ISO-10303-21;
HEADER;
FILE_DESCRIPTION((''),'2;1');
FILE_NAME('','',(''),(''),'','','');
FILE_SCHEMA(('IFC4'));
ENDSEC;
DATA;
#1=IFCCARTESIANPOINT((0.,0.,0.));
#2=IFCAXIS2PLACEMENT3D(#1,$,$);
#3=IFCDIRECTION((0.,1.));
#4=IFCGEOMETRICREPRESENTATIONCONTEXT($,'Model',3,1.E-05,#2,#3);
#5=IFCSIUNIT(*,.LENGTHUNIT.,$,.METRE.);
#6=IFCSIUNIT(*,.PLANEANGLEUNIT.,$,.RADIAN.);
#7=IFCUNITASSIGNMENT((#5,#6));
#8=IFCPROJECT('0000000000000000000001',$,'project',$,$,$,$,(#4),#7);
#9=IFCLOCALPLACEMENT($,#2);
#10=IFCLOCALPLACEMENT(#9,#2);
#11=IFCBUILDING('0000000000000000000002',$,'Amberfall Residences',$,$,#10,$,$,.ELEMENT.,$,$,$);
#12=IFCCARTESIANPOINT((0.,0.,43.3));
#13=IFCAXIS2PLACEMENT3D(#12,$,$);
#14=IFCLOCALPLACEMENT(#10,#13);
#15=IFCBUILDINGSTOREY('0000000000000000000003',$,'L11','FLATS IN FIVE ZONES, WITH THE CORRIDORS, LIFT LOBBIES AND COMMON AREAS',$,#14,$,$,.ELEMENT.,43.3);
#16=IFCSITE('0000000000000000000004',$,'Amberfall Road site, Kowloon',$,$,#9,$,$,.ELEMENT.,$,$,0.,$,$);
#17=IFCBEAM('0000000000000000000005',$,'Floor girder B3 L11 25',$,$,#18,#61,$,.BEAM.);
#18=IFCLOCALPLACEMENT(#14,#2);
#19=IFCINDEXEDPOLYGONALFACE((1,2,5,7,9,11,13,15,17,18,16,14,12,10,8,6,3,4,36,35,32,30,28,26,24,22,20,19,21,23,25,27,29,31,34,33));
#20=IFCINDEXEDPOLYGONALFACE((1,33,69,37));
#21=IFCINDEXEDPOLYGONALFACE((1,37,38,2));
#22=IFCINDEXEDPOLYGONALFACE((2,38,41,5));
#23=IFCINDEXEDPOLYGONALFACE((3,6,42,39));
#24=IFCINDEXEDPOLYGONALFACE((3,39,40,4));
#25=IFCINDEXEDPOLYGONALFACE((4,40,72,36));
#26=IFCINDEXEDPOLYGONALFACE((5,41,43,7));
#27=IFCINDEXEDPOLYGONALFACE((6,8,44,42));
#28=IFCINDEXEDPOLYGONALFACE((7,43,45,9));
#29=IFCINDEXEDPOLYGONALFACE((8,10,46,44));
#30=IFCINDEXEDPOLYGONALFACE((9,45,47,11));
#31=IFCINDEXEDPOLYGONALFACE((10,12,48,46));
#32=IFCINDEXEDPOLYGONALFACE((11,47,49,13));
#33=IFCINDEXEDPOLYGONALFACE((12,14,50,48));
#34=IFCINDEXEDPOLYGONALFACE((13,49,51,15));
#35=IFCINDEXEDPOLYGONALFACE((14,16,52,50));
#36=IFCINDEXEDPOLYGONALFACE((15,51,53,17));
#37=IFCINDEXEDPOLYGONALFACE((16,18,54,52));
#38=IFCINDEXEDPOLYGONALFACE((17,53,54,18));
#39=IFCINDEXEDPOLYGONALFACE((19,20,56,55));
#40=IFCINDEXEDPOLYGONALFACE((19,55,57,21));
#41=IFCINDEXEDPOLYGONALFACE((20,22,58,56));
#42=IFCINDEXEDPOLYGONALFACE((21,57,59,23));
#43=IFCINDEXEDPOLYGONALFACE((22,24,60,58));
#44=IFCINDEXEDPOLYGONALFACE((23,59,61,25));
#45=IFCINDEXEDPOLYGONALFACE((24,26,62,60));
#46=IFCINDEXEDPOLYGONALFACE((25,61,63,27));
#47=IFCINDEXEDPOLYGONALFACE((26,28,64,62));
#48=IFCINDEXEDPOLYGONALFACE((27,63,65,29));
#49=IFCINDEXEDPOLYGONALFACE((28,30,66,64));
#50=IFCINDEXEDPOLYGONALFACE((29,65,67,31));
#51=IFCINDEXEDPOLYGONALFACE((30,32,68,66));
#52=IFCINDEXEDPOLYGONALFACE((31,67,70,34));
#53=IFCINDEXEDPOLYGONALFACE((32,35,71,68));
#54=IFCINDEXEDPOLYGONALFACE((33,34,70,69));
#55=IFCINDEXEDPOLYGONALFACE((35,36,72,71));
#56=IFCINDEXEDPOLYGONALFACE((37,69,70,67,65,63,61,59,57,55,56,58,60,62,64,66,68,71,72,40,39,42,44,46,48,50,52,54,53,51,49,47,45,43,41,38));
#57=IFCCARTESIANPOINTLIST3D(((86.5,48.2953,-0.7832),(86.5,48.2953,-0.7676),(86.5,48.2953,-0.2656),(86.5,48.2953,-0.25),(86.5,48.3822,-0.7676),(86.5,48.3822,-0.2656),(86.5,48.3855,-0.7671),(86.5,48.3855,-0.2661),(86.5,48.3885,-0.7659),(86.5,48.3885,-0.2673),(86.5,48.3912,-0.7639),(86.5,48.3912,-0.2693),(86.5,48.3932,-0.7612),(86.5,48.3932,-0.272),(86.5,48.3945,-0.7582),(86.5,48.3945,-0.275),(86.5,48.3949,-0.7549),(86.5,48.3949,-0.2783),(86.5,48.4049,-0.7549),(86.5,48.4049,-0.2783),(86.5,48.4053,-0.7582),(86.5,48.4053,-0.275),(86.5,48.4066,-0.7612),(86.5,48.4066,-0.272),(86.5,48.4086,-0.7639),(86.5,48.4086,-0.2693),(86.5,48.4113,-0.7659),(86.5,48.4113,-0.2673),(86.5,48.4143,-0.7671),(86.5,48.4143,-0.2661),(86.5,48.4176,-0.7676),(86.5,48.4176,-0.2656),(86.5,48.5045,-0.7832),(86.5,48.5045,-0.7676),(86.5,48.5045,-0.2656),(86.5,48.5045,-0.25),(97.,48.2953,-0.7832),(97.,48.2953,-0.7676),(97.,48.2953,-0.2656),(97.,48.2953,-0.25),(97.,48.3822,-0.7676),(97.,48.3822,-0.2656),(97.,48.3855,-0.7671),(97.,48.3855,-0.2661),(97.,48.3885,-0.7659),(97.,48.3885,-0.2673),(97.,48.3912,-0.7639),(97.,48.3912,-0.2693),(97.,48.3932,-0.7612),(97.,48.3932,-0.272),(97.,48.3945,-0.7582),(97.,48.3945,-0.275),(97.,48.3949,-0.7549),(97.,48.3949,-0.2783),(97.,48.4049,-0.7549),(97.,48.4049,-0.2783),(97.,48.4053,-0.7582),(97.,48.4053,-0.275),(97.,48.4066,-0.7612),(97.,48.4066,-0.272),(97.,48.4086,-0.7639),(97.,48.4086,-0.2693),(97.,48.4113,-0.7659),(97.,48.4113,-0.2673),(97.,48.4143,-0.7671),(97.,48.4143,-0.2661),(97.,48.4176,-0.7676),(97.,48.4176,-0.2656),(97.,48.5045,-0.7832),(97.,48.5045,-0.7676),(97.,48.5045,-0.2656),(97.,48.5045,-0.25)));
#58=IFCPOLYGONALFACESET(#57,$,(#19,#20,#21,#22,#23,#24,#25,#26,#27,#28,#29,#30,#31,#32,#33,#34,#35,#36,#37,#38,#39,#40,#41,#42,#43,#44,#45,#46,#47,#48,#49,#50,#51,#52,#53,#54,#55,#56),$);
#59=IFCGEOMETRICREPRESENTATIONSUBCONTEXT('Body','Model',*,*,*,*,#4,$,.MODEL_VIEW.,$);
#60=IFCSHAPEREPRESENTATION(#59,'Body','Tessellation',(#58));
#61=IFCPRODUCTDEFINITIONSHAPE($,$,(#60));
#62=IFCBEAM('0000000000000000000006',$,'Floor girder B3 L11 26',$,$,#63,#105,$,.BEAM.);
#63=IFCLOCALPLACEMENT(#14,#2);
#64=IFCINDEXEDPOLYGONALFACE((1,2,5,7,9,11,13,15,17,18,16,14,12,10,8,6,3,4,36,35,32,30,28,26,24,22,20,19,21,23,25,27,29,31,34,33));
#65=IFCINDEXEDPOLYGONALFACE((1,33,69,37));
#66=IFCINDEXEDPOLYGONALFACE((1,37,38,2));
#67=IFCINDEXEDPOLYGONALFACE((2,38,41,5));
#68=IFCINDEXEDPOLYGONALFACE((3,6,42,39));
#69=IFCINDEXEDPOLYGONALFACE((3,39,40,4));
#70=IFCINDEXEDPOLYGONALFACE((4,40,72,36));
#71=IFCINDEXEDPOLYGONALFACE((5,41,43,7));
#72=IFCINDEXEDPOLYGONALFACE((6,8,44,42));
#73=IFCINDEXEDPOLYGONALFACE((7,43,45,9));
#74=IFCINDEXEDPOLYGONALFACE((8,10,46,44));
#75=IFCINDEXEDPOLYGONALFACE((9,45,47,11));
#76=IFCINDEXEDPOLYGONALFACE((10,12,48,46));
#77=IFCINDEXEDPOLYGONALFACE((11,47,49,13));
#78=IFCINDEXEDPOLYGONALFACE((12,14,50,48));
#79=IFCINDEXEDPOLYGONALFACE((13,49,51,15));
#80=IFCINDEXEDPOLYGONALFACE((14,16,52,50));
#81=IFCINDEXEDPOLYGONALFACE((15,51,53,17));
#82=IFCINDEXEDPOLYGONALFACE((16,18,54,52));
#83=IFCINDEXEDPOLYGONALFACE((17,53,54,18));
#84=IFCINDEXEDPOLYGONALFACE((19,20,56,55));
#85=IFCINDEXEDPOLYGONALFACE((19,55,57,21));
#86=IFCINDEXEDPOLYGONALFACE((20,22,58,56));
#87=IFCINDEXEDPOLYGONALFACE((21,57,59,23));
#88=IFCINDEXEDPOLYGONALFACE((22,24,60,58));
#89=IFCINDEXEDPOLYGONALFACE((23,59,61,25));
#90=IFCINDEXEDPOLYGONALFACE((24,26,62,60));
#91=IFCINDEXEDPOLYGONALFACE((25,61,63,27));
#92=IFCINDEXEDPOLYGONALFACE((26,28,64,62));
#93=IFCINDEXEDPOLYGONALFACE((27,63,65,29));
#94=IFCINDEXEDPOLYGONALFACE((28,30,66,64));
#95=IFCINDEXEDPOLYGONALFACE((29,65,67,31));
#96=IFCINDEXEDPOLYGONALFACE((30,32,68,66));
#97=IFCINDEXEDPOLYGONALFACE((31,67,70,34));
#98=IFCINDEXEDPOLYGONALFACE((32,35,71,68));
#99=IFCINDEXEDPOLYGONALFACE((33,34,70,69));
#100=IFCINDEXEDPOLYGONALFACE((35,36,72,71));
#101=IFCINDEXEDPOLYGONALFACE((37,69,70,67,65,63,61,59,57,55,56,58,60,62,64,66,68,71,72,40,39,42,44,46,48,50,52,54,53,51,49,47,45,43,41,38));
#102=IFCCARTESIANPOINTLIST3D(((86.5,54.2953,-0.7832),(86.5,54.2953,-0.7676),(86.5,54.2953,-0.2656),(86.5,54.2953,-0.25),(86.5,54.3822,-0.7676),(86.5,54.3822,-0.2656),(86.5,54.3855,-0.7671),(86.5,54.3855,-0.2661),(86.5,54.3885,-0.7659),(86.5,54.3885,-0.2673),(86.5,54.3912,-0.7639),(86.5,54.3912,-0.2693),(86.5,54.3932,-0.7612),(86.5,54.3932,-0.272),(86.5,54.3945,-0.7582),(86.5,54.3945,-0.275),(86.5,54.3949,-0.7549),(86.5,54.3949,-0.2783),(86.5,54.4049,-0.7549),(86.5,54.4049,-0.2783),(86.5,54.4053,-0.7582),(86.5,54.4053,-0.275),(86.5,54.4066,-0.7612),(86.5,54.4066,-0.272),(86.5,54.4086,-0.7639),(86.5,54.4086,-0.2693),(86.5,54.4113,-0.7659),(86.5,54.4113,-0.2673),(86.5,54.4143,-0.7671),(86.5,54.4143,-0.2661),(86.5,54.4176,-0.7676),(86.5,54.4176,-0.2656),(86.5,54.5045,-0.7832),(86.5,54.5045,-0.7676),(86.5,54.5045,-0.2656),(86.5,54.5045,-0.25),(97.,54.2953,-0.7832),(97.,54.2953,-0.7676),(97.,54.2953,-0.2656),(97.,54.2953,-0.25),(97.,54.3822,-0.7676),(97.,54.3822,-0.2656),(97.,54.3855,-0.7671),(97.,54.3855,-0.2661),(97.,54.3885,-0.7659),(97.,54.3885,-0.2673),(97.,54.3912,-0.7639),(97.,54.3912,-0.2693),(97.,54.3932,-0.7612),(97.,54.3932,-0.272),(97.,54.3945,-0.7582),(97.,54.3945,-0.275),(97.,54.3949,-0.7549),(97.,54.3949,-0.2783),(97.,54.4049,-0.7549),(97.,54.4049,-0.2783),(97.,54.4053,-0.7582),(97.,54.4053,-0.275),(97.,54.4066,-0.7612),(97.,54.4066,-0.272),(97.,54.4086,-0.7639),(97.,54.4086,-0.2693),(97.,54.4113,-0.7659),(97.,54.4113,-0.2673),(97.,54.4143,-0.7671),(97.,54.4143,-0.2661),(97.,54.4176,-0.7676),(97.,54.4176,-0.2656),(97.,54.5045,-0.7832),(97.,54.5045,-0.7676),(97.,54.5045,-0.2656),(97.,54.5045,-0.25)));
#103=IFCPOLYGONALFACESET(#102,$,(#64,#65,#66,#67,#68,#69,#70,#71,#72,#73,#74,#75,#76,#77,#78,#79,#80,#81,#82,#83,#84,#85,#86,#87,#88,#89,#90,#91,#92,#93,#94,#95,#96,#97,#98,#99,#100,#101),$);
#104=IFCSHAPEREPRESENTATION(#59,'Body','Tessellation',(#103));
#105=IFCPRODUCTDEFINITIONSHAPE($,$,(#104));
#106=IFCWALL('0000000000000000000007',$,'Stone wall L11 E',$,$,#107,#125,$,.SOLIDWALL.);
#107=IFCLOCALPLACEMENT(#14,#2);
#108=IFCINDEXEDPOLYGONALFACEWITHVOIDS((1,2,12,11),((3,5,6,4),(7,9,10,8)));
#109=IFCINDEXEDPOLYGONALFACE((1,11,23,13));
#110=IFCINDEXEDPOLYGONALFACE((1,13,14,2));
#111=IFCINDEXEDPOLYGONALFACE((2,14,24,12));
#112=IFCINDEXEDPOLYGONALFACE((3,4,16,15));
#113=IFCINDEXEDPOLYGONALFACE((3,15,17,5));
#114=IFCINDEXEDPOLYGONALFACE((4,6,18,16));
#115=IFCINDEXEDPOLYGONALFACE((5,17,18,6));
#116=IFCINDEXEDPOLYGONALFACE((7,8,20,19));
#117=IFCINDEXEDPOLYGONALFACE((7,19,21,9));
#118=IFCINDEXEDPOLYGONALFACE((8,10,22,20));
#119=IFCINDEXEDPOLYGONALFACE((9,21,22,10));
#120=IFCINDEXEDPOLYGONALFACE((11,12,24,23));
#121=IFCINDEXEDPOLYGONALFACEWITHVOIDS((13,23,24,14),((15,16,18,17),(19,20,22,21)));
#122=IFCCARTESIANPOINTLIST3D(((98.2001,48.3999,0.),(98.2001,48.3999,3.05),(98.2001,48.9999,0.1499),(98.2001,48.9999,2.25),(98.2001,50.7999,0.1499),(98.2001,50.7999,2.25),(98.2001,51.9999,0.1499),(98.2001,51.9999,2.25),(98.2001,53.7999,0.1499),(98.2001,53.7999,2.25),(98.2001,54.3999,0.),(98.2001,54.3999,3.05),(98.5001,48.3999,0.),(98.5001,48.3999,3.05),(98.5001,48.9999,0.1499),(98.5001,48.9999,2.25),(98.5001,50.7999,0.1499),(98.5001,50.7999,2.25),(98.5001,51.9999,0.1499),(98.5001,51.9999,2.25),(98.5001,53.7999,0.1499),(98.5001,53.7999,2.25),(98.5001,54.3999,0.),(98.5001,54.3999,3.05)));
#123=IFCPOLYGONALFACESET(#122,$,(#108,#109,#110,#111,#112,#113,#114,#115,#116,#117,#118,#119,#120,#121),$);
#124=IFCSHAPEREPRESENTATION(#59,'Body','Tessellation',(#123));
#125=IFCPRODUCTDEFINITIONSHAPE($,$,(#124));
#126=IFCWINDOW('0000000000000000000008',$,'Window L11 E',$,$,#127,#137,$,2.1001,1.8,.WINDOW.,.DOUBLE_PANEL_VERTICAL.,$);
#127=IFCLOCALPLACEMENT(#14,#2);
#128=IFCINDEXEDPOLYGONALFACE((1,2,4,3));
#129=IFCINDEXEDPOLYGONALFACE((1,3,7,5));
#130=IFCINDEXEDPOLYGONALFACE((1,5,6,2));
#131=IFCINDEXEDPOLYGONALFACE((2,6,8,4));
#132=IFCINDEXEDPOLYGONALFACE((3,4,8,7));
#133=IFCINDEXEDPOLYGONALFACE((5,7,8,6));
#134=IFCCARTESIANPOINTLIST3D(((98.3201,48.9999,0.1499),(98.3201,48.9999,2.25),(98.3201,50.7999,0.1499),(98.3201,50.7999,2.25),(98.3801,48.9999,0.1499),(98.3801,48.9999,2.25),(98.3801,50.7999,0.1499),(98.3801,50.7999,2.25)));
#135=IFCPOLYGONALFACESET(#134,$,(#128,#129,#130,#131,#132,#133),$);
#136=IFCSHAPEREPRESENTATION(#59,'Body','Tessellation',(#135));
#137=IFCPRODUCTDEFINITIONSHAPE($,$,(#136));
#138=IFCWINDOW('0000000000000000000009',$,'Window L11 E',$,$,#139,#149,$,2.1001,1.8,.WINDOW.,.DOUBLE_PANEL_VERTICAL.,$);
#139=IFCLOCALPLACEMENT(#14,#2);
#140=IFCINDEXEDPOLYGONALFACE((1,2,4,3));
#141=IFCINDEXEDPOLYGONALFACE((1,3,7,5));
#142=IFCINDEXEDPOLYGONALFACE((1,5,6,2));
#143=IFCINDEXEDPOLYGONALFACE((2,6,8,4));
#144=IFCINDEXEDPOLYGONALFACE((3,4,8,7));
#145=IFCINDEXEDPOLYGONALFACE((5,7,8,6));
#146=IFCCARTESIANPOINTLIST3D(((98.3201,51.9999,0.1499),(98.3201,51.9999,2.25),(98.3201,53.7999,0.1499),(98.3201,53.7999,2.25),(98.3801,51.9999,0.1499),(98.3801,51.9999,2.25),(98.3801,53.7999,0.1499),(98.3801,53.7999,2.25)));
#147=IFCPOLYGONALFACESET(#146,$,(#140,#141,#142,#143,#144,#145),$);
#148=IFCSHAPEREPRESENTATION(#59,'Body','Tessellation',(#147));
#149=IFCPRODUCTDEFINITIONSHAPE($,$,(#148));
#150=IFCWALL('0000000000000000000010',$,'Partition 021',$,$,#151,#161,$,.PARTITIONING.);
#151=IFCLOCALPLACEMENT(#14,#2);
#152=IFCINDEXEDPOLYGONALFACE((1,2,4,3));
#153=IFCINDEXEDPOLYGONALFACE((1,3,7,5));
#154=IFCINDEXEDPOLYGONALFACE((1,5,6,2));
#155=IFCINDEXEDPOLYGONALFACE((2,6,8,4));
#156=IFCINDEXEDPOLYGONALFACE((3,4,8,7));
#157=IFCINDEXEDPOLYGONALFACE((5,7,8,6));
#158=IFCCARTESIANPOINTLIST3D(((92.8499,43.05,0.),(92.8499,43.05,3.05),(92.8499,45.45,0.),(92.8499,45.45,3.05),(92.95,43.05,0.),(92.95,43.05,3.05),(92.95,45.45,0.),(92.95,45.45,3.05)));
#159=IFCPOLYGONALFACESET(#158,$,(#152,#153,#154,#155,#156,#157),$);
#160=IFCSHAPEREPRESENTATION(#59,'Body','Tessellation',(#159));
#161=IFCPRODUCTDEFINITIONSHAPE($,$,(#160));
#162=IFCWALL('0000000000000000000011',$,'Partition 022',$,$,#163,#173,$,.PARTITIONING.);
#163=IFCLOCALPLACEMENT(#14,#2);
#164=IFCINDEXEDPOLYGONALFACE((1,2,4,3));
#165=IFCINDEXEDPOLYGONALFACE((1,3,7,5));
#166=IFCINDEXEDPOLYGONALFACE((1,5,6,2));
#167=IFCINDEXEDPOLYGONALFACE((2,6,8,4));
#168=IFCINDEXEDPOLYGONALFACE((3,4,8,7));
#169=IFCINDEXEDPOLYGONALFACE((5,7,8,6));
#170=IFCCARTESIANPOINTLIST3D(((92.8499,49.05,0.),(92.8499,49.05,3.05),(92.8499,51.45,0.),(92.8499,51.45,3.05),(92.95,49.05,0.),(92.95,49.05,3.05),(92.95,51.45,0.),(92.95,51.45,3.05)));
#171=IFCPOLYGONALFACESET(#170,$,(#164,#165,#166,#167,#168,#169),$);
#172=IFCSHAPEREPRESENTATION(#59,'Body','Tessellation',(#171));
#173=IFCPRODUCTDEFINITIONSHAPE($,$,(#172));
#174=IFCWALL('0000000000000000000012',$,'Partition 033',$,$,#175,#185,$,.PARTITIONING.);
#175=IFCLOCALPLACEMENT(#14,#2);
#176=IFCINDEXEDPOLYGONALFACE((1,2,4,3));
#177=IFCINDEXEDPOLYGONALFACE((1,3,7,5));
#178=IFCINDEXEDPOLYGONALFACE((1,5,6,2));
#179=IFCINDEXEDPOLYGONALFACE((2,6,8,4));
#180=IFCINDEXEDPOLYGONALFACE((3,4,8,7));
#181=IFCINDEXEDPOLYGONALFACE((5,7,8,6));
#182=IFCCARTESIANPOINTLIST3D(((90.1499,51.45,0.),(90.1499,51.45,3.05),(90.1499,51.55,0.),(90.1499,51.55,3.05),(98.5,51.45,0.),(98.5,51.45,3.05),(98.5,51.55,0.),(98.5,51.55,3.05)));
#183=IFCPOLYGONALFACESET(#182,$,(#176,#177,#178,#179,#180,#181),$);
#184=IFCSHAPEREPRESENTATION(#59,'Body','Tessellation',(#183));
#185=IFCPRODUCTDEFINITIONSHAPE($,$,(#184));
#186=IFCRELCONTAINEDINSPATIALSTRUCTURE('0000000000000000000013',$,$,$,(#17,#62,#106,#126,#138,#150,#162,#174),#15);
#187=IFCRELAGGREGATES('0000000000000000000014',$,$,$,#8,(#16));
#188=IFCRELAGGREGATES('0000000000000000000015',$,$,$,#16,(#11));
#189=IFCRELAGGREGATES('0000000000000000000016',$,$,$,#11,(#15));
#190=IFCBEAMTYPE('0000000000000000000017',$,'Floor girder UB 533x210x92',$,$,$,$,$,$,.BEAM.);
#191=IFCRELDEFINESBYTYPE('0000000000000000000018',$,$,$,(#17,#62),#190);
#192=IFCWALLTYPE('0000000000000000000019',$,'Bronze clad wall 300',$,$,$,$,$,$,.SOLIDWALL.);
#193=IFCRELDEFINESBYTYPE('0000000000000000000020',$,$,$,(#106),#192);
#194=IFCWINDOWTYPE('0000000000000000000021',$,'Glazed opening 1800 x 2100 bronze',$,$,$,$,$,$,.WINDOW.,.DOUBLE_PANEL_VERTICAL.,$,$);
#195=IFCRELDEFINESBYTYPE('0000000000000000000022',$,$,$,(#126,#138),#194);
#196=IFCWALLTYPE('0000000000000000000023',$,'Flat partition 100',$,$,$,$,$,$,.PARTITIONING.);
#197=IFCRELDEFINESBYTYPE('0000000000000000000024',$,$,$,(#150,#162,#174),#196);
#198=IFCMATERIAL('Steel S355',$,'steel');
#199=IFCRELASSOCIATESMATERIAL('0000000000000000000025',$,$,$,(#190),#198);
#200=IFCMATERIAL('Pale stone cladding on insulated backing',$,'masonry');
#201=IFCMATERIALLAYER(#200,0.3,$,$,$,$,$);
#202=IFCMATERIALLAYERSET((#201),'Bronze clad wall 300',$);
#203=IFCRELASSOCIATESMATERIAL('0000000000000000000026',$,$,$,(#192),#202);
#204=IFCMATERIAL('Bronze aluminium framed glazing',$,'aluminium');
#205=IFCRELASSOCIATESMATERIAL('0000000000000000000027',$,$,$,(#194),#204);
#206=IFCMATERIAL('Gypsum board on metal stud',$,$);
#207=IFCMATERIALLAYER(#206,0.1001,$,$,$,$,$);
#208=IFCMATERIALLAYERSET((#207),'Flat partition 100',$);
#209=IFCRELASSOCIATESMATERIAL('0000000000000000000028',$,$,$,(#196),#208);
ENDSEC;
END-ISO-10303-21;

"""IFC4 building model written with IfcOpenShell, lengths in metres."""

from ifc_helpers import new_model, si_unit, direction, frame, frame_2d, origin, origin_2d, place, context, subcontext, project, spatial, rectangle, i_section, extrude, material, layer, layer_set, material_profile, profile_set, type_object, element, fill, save


model = new_model("IFC4")

# Units and contexts
model_context = context("Model", 3, precision=1e-05, world=origin(), true_north=direction((0.0, 1.0)))
body_context = subcontext(model_context, "Body", "Model", "MODEL_VIEW")
ifc_project = project(units=[si_unit("LENGTHUNIT", "METRE"), si_unit("PLANEANGLEUNIT", "RADIAN")], contexts=[model_context])

# Site, building, storey
site_placement = place(None, origin())
site = spatial("IfcSite", under=ifc_project, at=site_placement, Name="Amberfall Road site, Kowloon", CompositionType="ELEMENT", RefElevation=0.0)
building_placement = place(site_placement, origin())
building = spatial("IfcBuilding", under=site, at=building_placement, Name="Amberfall Residences", CompositionType="ELEMENT")
storey_placement = place(building_placement, frame((0.0, 0.0, 43.3)))
storey = spatial("IfcBuildingStorey", under=building, at=storey_placement, Name="L11", Description="FLATS IN FIVE ZONES, WITH THE CORRIDORS, LIFT LOBBIES AND COMMON AREAS", CompositionType="ELEMENT", Elevation=43.3)

# Beams
ifc_material_1 = material(Name="Steel S355", Category="steel")
ifc_material_profile_1 = material_profile(ifc_material_1, i_section(OverallWidth=0.2092, OverallDepth=0.5332, WebThickness=0.01, FlangeThickness=0.0156, FilletRadius=0.0127, at=origin_2d()), Name="UB 533x210x92")
ifc_profile_set_1 = profile_set([ifc_material_profile_1], Name="Steel S355")
beam_type_1 = type_object("IfcBeamType", Name="Floor girder UB 533x210x92", PredefinedType="BEAM", material=ifc_profile_set_1)
for number, where, z_axis, x_axis, name in (
    (1, (97.0, 48.3999, -0.5166), (-1.0, 0.0, 0.0), (0.0, -1.0, 0.0), "Floor girder B3 L11 25"),
    (2, (97.0, 54.3999, -0.5166), (-1.0, 0.0, 0.0), (0.0, -1.0, 0.0), "Floor girder B3 L11 26"),
):
    element("IfcBeam", number, at=place(storey_placement, frame(where, z_axis=z_axis, x_axis=x_axis)), inside=storey, type_object=beam_type_1, Name=name, PredefinedType="BEAM", context=body_context, shape_type="SweptSolid", body=[
        extrude(i_section(OverallWidth=0.2092, OverallDepth=0.5332, WebThickness=0.01, FlangeThickness=0.0156, FilletRadius=0.0127, at=origin_2d()), origin(), (0.0, 0.0, 1.0), 10.5),
    ])

# Wall, openings, windows
ifc_material_2 = material(Name="Pale stone cladding on insulated backing", Category="masonry")
ifc_layer_1 = layer(ifc_material_2, 0.3)
ifc_layer_set_1 = layer_set([ifc_layer_1], Name="Bronze clad wall 300")
wall_type_1 = type_object("IfcWallType", Name="Bronze clad wall 300", PredefinedType="SOLIDWALL", material=ifc_layer_set_1)
wall_1_placement = place(storey_placement, frame((98.3501, 48.3999, 0.0), z_axis=(0.0, 0.0, 1.0), x_axis=(0.0, 1.0, 0.0)))
wall_1 = element("IfcWall", 3, at=wall_1_placement, inside=storey, type_object=wall_type_1, Name="Stone wall L11 E", PredefinedType="SOLIDWALL", context=body_context, shape_type="SweptSolid", body=[
    extrude(rectangle(XDim=6.0, YDim=0.3, at=frame_2d((3.0, 0.0))), origin(), (0.0, 0.0, 1.0), 3.05),
])
opening_1_placement = place(wall_1_placement, frame((0.6001, 0.0, 0.1499)))
opening_1 = element("IfcOpeningElement", 4, at=opening_1_placement, cuts=wall_1, PredefinedType="OPENING", context=body_context, shape_type="SweptSolid", body=[
    extrude(rectangle(XDim=1.8, YDim=2.1001, at=frame_2d((0.8999, 1.05))), frame((0.0, 0.1599, 0.0), z_axis=(0.0, -1.0, 0.0), x_axis=(1.0, 0.0, 0.0)), (0.0, 0.0, 1.0), 0.3201),
])
opening_2_placement = place(wall_1_placement, frame((3.6001, 0.0, 0.1499)))
opening_2 = element("IfcOpeningElement", 5, at=opening_2_placement, cuts=wall_1, PredefinedType="OPENING", context=body_context, shape_type="SweptSolid", body=[
    extrude(rectangle(XDim=1.8, YDim=2.1001, at=frame_2d((0.8999, 1.05))), frame((0.0, 0.1599, 0.0), z_axis=(0.0, -1.0, 0.0), x_axis=(1.0, 0.0, 0.0)), (0.0, 0.0, 1.0), 0.3201),
])
ifc_material_3 = material(Name="Bronze aluminium framed glazing", Category="aluminium")
window_type = type_object("IfcWindowType", Name="Glazed opening 1800 x 2100 bronze", PartitioningType="DOUBLE_PANEL_VERTICAL", PredefinedType="WINDOW", material=ifc_material_3)
window_1_placement = place(opening_1_placement, origin())
window_1 = element("IfcWindow", 6, at=window_1_placement, inside=storey, type_object=window_type, Name="Window L11 E", OverallHeight=2.1001, OverallWidth=1.8, PartitioningType="DOUBLE_PANEL_VERTICAL", PredefinedType="WINDOW", context=body_context, shape_type="SweptSolid", body=[
    extrude(rectangle(XDim=1.8, YDim=2.1001, at=frame_2d((0.8999, 1.05))), frame((0.0, 0.03, 0.0), z_axis=(0.0, -1.0, 0.0), x_axis=(1.0, 0.0, 0.0)), (0.0, 0.0, 1.0), 0.0601),
])
fill(opening_1, window_1)
window_2_placement = place(opening_2_placement, origin())
window_2 = element("IfcWindow", 7, at=window_2_placement, inside=storey, type_object=window_type, Name="Window L11 E", OverallHeight=2.1001, OverallWidth=1.8, PartitioningType="DOUBLE_PANEL_VERTICAL", PredefinedType="WINDOW", context=body_context, shape_type="SweptSolid", body=[
    extrude(rectangle(XDim=1.8, YDim=2.1001, at=frame_2d((0.8999, 1.05))), frame((0.0, 0.03, 0.0), z_axis=(0.0, -1.0, 0.0), x_axis=(1.0, 0.0, 0.0)), (0.0, 0.0, 1.0), 0.0601),
])
fill(opening_2, window_2)

# Walls
ifc_material_4 = material(Name="Gypsum board on metal stud")
ifc_layer_2 = layer(ifc_material_4, 0.1001)
ifc_layer_set_2 = layer_set([ifc_layer_2], Name="Flat partition 100")
wall_type_2 = type_object("IfcWallType", Name="Flat partition 100", PredefinedType="PARTITIONING", material=ifc_layer_set_2)
for number, where, z_axis, x_axis, name in (
    (8, (92.8999, 43.05, 0.0), (0.0, 0.0, 1.0), (0.0, 1.0, 0.0), "Partition 021"),
    (9, (92.8999, 49.05, 0.0), (0.0, 0.0, 1.0), (0.0, 1.0, 0.0), "Partition 022"),
):
    element("IfcWall", number, at=place(storey_placement, frame(where, z_axis=z_axis, x_axis=x_axis)), inside=storey, type_object=wall_type_2, Name=name, PredefinedType="PARTITIONING", context=body_context, shape_type="SweptSolid", body=[
        extrude(rectangle(XDim=2.3999, YDim=0.1001, at=frame_2d((1.2, 0.0))), origin(), (0.0, 0.0, 1.0), 3.05),
    ])
wall_2_placement = place(storey_placement, frame((90.1499, 51.5, 0.0), z_axis=(0.0, 0.0, 1.0), x_axis=(1.0, 0.0, 0.0)))
element("IfcWall", 10, at=wall_2_placement, inside=storey, type_object=wall_type_2, Name="Partition 033", PredefinedType="PARTITIONING", context=body_context, shape_type="SweptSolid", body=[
    extrude(rectangle(XDim=8.3501, YDim=0.1001, at=frame_2d((4.175, 0.0))), origin(), (0.0, 0.0, 1.0), 3.05),
])

save(model, "model.ifc")
